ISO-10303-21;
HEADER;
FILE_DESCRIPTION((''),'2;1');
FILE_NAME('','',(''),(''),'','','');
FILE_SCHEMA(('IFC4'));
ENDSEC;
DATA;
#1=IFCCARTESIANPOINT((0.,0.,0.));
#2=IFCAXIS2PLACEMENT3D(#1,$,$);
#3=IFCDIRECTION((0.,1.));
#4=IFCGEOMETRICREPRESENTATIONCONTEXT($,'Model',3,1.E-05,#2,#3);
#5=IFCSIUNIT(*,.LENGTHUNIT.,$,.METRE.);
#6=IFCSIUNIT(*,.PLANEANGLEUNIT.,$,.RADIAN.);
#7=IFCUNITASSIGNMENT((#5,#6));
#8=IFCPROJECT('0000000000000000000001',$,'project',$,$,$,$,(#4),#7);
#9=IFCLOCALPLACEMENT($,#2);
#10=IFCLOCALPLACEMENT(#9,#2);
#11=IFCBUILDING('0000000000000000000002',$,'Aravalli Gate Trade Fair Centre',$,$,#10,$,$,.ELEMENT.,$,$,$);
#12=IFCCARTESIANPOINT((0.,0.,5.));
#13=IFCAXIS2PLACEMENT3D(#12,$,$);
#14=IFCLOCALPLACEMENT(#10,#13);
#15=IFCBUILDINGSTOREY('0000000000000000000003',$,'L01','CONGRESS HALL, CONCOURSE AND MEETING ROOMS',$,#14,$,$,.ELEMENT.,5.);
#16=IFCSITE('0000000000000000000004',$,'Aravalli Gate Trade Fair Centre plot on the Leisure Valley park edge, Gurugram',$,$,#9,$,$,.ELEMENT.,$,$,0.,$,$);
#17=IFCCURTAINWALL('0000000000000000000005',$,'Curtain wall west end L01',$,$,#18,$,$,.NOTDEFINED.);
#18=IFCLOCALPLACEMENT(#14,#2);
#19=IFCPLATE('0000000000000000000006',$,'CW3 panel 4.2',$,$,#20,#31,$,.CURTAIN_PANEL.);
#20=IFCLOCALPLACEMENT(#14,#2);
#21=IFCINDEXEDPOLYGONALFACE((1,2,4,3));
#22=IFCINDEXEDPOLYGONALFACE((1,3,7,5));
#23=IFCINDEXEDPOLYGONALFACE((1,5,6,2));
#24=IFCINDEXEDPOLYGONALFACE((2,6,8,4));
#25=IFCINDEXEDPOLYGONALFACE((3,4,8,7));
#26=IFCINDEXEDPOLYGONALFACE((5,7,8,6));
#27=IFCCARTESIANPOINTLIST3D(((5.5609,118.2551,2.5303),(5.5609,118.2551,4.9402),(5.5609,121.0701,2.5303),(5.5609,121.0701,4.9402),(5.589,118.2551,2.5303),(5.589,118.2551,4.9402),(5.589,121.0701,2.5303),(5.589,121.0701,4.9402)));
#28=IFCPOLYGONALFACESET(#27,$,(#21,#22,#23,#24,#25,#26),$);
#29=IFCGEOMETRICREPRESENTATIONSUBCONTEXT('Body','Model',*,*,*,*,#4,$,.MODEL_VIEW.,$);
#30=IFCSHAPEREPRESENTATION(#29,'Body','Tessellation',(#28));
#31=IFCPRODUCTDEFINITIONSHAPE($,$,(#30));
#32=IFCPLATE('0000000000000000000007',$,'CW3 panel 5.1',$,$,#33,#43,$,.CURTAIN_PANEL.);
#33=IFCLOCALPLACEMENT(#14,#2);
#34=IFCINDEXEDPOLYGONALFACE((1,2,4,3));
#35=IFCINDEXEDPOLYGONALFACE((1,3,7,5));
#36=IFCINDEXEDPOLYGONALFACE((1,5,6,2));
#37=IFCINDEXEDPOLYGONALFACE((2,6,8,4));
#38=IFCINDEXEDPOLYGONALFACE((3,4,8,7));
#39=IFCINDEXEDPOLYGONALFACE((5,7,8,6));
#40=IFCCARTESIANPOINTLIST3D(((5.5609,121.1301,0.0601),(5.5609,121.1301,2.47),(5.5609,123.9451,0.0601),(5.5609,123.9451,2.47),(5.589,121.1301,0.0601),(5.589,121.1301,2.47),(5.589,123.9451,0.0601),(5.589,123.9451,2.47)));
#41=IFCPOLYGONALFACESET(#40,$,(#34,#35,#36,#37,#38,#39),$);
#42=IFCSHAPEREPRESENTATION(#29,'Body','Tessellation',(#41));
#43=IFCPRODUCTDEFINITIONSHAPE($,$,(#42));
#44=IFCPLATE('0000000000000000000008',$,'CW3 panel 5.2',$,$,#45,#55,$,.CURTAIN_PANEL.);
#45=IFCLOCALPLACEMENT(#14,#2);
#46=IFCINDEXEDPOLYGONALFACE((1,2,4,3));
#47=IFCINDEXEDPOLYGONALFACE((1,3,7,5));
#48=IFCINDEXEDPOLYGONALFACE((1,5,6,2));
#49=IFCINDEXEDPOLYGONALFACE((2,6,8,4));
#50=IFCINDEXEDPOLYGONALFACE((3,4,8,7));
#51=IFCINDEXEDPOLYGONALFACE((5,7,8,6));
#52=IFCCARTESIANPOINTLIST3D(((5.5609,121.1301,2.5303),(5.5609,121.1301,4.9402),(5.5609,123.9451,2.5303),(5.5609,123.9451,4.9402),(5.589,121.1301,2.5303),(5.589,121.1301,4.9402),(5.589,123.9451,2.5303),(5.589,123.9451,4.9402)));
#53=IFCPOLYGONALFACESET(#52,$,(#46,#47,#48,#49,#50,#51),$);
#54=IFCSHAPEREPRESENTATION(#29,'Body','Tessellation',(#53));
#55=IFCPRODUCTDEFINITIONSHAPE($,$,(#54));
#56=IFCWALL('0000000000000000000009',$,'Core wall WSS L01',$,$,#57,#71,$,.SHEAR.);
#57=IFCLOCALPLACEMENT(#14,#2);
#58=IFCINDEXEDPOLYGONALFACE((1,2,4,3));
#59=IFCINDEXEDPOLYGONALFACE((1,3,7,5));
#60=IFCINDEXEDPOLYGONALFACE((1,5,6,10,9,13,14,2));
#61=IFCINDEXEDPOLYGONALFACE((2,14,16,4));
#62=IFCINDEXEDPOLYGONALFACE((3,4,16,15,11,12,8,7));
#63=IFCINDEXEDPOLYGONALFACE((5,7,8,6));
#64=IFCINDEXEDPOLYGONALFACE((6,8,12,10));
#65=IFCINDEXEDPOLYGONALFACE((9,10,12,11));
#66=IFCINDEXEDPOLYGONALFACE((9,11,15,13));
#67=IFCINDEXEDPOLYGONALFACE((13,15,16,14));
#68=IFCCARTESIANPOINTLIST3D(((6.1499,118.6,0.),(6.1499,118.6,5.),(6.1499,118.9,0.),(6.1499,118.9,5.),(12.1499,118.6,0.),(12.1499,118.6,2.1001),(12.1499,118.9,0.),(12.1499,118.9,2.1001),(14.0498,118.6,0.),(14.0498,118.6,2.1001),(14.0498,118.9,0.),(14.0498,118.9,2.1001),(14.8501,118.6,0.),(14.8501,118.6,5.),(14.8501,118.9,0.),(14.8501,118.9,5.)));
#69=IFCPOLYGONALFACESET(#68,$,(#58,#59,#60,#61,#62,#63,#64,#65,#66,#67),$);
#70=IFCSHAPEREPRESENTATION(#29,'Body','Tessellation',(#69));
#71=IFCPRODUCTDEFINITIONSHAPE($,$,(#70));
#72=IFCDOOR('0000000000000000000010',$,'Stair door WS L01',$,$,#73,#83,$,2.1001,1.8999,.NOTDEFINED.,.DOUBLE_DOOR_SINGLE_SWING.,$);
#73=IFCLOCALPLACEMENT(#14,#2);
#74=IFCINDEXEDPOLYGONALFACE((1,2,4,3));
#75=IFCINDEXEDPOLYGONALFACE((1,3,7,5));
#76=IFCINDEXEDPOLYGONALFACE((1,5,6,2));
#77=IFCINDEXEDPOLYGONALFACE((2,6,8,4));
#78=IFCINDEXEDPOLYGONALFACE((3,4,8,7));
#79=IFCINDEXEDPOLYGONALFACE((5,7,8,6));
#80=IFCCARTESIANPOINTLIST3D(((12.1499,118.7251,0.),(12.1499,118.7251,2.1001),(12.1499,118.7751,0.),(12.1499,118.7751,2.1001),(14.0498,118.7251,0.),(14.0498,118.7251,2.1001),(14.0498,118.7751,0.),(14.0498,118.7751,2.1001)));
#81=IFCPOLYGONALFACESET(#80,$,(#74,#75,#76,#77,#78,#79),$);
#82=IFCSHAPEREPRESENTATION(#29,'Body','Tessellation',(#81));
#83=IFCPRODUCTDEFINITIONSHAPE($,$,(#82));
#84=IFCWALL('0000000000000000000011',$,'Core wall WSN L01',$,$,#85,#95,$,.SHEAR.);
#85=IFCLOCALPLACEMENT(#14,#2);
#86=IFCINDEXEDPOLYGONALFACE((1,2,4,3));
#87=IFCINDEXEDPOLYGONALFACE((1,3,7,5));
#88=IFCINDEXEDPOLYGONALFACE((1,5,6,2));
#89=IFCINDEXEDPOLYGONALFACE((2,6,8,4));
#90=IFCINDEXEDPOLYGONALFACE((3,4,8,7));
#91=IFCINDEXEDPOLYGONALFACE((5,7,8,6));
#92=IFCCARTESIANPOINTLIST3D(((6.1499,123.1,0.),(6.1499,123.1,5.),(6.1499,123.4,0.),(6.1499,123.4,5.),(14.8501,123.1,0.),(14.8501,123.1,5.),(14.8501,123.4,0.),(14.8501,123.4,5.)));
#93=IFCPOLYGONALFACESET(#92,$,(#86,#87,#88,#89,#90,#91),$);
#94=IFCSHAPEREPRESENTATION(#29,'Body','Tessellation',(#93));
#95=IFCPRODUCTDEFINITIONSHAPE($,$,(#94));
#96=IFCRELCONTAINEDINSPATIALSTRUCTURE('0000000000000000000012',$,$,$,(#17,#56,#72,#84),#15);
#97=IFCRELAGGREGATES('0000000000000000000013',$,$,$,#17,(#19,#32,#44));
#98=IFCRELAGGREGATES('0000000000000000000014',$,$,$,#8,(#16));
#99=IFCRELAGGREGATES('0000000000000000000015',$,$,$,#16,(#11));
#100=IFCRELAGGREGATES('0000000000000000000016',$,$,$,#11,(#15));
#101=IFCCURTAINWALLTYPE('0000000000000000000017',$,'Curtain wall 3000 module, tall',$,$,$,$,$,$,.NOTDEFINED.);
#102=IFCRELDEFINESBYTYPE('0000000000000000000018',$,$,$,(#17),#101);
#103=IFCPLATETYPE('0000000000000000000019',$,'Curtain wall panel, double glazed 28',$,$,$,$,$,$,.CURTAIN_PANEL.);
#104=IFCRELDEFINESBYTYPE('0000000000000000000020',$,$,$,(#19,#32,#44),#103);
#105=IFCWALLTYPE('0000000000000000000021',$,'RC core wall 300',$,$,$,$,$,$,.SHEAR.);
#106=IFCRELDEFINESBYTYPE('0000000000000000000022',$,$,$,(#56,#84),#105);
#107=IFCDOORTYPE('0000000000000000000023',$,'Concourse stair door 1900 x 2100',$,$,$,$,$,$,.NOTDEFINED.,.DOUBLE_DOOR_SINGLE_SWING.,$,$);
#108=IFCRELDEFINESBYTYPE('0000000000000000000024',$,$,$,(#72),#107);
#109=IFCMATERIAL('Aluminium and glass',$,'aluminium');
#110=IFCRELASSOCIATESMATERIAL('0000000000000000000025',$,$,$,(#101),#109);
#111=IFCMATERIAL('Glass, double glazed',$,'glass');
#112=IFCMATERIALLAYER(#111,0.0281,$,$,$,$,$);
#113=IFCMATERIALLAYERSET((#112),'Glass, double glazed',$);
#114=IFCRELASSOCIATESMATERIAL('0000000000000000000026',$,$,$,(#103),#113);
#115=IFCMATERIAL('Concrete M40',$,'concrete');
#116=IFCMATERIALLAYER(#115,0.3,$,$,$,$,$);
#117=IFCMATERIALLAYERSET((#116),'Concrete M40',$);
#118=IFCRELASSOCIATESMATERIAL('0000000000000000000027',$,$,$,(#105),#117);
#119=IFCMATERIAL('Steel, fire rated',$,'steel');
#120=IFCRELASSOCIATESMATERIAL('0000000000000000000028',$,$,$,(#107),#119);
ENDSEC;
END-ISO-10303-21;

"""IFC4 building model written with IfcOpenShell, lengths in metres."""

from ifc_helpers import new_model, si_unit, direction, frame, frame_2d, origin, origin_2d, place, context, subcontext, project, spatial, rectangle, extrude, material, layer, layer_set, type_object, element, fill, aggregate, save


model = new_model("IFC4")

# Units and contexts
model_context = context("Model", 3, precision=1e-05, world=origin(), true_north=direction((0.0, 1.0)))
body_context = subcontext(model_context, "Body", "Model", "MODEL_VIEW")
ifc_project = project(units=[si_unit("LENGTHUNIT", "METRE"), si_unit("PLANEANGLEUNIT", "RADIAN")], contexts=[model_context])

# Site, building, storey
site_placement = place(None, origin())
site = spatial("IfcSite", under=ifc_project, at=site_placement, Name="Aravalli Gate Trade Fair Centre plot on the Leisure Valley park edge, Gurugram", CompositionType="ELEMENT", RefElevation=0.0)
building_placement = place(site_placement, origin())
building = spatial("IfcBuilding", under=site, at=building_placement, Name="Aravalli Gate Trade Fair Centre", CompositionType="ELEMENT")
storey_placement = place(building_placement, frame((0.0, 0.0, 5.0)))
storey = spatial("IfcBuildingStorey", under=building, at=storey_placement, Name="L01", Description="CONGRESS HALL, CONCOURSE AND MEETING ROOMS", CompositionType="ELEMENT", Elevation=5.0)

# Curtain wall
ifc_material_1 = material(Name="Aluminium and glass", Category="aluminium")
curtain_wall_type = type_object("IfcCurtainWallType", Name="Curtain wall 3000 module, tall", PredefinedType="NOTDEFINED", material=ifc_material_1)
curtain_wall_placement = place(storey_placement, origin())
curtain_wall = element("IfcCurtainWall", 1, at=curtain_wall_placement, inside=storey, type_object=curtain_wall_type, Name="Curtain wall west end L01", PredefinedType="NOTDEFINED")

# Plates
ifc_material_2 = material(Name="Glass, double glazed", Category="glass")
ifc_layer_1 = layer(ifc_material_2, 0.0281)
ifc_layer_set_1 = layer_set([ifc_layer_1], Name="Glass, double glazed")
plate_type = type_object("IfcPlateType", Name="Curtain wall panel, double glazed 28", PredefinedType="CURTAIN_PANEL", material=ifc_layer_set_1)
plate_1_placement = place(storey_placement, frame((5.575, 119.6626, 2.5303), z_axis=(0.0, 0.0, 1.0), x_axis=(0.0, 1.0, 0.0)))
plate_1 = element("IfcPlate", 2, at=plate_1_placement, type_object=plate_type, Name="CW3 panel 4.2", PredefinedType="CURTAIN_PANEL", context=body_context, shape_type="SweptSolid", body=[
    extrude(rectangle(XDim=2.8149, YDim=0.0281, at=origin_2d()), origin(), (0.0, 0.0, 1.0), 2.4099),
])
plate_2_placement = place(storey_placement, frame((5.575, 122.5376, 0.0601), z_axis=(0.0, 0.0, 1.0), x_axis=(0.0, 1.0, 0.0)))
plate_2 = element("IfcPlate", 3, at=plate_2_placement, type_object=plate_type, Name="CW3 panel 5.1", PredefinedType="CURTAIN_PANEL", context=body_context, shape_type="SweptSolid", body=[
    extrude(rectangle(XDim=2.8149, YDim=0.0281, at=origin_2d()), origin(), (0.0, 0.0, 1.0), 2.4099),
])
plate_3_placement = place(storey_placement, frame((5.575, 122.5376, 2.5303), z_axis=(0.0, 0.0, 1.0), x_axis=(0.0, 1.0, 0.0)))
plate_3 = element("IfcPlate", 4, at=plate_3_placement, type_object=plate_type, Name="CW3 panel 5.2", PredefinedType="CURTAIN_PANEL", context=body_context, shape_type="SweptSolid", body=[
    extrude(rectangle(XDim=2.8149, YDim=0.0281, at=origin_2d()), origin(), (0.0, 0.0, 1.0), 2.4099),
])
aggregate(curtain_wall, [plate_1, plate_2, plate_3])

# Wall, opening, door
ifc_material_3 = material(Name="Concrete M40", Category="concrete")
ifc_layer_2 = layer(ifc_material_3, 0.3)
ifc_layer_set_2 = layer_set([ifc_layer_2], Name="Concrete M40")
wall_type = type_object("IfcWallType", Name="RC core wall 300", PredefinedType="SHEAR", material=ifc_layer_set_2)
wall_1_placement = place(storey_placement, frame((6.1499, 118.75, 0.0), z_axis=(0.0, 0.0, 1.0), x_axis=(1.0, 0.0, 0.0)))
wall_1 = element("IfcWall", 5, at=wall_1_placement, inside=storey, type_object=wall_type, Name="Core wall WSS L01", PredefinedType="SHEAR", context=body_context, shape_type="SweptSolid", body=[
    extrude(rectangle(XDim=8.7002, YDim=0.3, at=frame_2d((4.3501, 0.0))), origin(), (0.0, 0.0, 1.0), 5.0),
])
opening_placement = place(wall_1_placement, frame((6.0, 0.0, 0.0)))
opening = element("IfcOpeningElement", 6, at=opening_placement, cuts=wall_1, PredefinedType="OPENING", context=body_context, shape_type="SweptSolid", body=[
    extrude(rectangle(XDim=1.8999, YDim=2.1001, at=frame_2d((0.95, 1.05))), frame((0.0, 0.1599, 0.0), z_axis=(0.0, -1.0, 0.0), x_axis=(1.0, 0.0, 0.0)), (0.0, 0.0, 1.0), 0.3201),
])
ifc_material_4 = material(Name="Steel, fire rated", Category="steel")
door_type = type_object("IfcDoorType", Name="Concourse stair door 1900 x 2100", OperationType="DOUBLE_DOOR_SINGLE_SWING", PredefinedType="NOTDEFINED", material=ifc_material_4)
door_placement = place(opening_placement, frame((1.8999, 0.0, 0.0), z_axis=(0.0, 0.0, 1.0), x_axis=(-1.0, 0.0, 0.0)))
door = element("IfcDoor", 7, at=door_placement, inside=storey, type_object=door_type, Name="Stair door WS L01", OperationType="DOUBLE_DOOR_SINGLE_SWING", OverallHeight=2.1001, OverallWidth=1.8999, PredefinedType="NOTDEFINED", context=body_context, shape_type="SweptSolid", body=[
    extrude(rectangle(XDim=1.8999, YDim=2.1001, at=frame_2d((0.95, 1.05))), frame((0.0, 0.0249, 0.0), z_axis=(0.0, -1.0, 0.0), x_axis=(1.0, 0.0, 0.0)), (0.0, 0.0, 1.0), 0.05),
])
fill(opening, door)

# Wall
wall_2_placement = place(storey_placement, frame((6.1499, 123.25, 0.0), z_axis=(0.0, 0.0, 1.0), x_axis=(1.0, 0.0, 0.0)))
element("IfcWall", 8, at=wall_2_placement, inside=storey, type_object=wall_type, Name="Core wall WSN L01", PredefinedType="SHEAR", context=body_context, shape_type="SweptSolid", body=[
    extrude(rectangle(XDim=8.7002, YDim=0.3, at=frame_2d((4.3501, 0.0))), origin(), (0.0, 0.0, 1.0), 5.0),
])

save(model, "model.ifc")
